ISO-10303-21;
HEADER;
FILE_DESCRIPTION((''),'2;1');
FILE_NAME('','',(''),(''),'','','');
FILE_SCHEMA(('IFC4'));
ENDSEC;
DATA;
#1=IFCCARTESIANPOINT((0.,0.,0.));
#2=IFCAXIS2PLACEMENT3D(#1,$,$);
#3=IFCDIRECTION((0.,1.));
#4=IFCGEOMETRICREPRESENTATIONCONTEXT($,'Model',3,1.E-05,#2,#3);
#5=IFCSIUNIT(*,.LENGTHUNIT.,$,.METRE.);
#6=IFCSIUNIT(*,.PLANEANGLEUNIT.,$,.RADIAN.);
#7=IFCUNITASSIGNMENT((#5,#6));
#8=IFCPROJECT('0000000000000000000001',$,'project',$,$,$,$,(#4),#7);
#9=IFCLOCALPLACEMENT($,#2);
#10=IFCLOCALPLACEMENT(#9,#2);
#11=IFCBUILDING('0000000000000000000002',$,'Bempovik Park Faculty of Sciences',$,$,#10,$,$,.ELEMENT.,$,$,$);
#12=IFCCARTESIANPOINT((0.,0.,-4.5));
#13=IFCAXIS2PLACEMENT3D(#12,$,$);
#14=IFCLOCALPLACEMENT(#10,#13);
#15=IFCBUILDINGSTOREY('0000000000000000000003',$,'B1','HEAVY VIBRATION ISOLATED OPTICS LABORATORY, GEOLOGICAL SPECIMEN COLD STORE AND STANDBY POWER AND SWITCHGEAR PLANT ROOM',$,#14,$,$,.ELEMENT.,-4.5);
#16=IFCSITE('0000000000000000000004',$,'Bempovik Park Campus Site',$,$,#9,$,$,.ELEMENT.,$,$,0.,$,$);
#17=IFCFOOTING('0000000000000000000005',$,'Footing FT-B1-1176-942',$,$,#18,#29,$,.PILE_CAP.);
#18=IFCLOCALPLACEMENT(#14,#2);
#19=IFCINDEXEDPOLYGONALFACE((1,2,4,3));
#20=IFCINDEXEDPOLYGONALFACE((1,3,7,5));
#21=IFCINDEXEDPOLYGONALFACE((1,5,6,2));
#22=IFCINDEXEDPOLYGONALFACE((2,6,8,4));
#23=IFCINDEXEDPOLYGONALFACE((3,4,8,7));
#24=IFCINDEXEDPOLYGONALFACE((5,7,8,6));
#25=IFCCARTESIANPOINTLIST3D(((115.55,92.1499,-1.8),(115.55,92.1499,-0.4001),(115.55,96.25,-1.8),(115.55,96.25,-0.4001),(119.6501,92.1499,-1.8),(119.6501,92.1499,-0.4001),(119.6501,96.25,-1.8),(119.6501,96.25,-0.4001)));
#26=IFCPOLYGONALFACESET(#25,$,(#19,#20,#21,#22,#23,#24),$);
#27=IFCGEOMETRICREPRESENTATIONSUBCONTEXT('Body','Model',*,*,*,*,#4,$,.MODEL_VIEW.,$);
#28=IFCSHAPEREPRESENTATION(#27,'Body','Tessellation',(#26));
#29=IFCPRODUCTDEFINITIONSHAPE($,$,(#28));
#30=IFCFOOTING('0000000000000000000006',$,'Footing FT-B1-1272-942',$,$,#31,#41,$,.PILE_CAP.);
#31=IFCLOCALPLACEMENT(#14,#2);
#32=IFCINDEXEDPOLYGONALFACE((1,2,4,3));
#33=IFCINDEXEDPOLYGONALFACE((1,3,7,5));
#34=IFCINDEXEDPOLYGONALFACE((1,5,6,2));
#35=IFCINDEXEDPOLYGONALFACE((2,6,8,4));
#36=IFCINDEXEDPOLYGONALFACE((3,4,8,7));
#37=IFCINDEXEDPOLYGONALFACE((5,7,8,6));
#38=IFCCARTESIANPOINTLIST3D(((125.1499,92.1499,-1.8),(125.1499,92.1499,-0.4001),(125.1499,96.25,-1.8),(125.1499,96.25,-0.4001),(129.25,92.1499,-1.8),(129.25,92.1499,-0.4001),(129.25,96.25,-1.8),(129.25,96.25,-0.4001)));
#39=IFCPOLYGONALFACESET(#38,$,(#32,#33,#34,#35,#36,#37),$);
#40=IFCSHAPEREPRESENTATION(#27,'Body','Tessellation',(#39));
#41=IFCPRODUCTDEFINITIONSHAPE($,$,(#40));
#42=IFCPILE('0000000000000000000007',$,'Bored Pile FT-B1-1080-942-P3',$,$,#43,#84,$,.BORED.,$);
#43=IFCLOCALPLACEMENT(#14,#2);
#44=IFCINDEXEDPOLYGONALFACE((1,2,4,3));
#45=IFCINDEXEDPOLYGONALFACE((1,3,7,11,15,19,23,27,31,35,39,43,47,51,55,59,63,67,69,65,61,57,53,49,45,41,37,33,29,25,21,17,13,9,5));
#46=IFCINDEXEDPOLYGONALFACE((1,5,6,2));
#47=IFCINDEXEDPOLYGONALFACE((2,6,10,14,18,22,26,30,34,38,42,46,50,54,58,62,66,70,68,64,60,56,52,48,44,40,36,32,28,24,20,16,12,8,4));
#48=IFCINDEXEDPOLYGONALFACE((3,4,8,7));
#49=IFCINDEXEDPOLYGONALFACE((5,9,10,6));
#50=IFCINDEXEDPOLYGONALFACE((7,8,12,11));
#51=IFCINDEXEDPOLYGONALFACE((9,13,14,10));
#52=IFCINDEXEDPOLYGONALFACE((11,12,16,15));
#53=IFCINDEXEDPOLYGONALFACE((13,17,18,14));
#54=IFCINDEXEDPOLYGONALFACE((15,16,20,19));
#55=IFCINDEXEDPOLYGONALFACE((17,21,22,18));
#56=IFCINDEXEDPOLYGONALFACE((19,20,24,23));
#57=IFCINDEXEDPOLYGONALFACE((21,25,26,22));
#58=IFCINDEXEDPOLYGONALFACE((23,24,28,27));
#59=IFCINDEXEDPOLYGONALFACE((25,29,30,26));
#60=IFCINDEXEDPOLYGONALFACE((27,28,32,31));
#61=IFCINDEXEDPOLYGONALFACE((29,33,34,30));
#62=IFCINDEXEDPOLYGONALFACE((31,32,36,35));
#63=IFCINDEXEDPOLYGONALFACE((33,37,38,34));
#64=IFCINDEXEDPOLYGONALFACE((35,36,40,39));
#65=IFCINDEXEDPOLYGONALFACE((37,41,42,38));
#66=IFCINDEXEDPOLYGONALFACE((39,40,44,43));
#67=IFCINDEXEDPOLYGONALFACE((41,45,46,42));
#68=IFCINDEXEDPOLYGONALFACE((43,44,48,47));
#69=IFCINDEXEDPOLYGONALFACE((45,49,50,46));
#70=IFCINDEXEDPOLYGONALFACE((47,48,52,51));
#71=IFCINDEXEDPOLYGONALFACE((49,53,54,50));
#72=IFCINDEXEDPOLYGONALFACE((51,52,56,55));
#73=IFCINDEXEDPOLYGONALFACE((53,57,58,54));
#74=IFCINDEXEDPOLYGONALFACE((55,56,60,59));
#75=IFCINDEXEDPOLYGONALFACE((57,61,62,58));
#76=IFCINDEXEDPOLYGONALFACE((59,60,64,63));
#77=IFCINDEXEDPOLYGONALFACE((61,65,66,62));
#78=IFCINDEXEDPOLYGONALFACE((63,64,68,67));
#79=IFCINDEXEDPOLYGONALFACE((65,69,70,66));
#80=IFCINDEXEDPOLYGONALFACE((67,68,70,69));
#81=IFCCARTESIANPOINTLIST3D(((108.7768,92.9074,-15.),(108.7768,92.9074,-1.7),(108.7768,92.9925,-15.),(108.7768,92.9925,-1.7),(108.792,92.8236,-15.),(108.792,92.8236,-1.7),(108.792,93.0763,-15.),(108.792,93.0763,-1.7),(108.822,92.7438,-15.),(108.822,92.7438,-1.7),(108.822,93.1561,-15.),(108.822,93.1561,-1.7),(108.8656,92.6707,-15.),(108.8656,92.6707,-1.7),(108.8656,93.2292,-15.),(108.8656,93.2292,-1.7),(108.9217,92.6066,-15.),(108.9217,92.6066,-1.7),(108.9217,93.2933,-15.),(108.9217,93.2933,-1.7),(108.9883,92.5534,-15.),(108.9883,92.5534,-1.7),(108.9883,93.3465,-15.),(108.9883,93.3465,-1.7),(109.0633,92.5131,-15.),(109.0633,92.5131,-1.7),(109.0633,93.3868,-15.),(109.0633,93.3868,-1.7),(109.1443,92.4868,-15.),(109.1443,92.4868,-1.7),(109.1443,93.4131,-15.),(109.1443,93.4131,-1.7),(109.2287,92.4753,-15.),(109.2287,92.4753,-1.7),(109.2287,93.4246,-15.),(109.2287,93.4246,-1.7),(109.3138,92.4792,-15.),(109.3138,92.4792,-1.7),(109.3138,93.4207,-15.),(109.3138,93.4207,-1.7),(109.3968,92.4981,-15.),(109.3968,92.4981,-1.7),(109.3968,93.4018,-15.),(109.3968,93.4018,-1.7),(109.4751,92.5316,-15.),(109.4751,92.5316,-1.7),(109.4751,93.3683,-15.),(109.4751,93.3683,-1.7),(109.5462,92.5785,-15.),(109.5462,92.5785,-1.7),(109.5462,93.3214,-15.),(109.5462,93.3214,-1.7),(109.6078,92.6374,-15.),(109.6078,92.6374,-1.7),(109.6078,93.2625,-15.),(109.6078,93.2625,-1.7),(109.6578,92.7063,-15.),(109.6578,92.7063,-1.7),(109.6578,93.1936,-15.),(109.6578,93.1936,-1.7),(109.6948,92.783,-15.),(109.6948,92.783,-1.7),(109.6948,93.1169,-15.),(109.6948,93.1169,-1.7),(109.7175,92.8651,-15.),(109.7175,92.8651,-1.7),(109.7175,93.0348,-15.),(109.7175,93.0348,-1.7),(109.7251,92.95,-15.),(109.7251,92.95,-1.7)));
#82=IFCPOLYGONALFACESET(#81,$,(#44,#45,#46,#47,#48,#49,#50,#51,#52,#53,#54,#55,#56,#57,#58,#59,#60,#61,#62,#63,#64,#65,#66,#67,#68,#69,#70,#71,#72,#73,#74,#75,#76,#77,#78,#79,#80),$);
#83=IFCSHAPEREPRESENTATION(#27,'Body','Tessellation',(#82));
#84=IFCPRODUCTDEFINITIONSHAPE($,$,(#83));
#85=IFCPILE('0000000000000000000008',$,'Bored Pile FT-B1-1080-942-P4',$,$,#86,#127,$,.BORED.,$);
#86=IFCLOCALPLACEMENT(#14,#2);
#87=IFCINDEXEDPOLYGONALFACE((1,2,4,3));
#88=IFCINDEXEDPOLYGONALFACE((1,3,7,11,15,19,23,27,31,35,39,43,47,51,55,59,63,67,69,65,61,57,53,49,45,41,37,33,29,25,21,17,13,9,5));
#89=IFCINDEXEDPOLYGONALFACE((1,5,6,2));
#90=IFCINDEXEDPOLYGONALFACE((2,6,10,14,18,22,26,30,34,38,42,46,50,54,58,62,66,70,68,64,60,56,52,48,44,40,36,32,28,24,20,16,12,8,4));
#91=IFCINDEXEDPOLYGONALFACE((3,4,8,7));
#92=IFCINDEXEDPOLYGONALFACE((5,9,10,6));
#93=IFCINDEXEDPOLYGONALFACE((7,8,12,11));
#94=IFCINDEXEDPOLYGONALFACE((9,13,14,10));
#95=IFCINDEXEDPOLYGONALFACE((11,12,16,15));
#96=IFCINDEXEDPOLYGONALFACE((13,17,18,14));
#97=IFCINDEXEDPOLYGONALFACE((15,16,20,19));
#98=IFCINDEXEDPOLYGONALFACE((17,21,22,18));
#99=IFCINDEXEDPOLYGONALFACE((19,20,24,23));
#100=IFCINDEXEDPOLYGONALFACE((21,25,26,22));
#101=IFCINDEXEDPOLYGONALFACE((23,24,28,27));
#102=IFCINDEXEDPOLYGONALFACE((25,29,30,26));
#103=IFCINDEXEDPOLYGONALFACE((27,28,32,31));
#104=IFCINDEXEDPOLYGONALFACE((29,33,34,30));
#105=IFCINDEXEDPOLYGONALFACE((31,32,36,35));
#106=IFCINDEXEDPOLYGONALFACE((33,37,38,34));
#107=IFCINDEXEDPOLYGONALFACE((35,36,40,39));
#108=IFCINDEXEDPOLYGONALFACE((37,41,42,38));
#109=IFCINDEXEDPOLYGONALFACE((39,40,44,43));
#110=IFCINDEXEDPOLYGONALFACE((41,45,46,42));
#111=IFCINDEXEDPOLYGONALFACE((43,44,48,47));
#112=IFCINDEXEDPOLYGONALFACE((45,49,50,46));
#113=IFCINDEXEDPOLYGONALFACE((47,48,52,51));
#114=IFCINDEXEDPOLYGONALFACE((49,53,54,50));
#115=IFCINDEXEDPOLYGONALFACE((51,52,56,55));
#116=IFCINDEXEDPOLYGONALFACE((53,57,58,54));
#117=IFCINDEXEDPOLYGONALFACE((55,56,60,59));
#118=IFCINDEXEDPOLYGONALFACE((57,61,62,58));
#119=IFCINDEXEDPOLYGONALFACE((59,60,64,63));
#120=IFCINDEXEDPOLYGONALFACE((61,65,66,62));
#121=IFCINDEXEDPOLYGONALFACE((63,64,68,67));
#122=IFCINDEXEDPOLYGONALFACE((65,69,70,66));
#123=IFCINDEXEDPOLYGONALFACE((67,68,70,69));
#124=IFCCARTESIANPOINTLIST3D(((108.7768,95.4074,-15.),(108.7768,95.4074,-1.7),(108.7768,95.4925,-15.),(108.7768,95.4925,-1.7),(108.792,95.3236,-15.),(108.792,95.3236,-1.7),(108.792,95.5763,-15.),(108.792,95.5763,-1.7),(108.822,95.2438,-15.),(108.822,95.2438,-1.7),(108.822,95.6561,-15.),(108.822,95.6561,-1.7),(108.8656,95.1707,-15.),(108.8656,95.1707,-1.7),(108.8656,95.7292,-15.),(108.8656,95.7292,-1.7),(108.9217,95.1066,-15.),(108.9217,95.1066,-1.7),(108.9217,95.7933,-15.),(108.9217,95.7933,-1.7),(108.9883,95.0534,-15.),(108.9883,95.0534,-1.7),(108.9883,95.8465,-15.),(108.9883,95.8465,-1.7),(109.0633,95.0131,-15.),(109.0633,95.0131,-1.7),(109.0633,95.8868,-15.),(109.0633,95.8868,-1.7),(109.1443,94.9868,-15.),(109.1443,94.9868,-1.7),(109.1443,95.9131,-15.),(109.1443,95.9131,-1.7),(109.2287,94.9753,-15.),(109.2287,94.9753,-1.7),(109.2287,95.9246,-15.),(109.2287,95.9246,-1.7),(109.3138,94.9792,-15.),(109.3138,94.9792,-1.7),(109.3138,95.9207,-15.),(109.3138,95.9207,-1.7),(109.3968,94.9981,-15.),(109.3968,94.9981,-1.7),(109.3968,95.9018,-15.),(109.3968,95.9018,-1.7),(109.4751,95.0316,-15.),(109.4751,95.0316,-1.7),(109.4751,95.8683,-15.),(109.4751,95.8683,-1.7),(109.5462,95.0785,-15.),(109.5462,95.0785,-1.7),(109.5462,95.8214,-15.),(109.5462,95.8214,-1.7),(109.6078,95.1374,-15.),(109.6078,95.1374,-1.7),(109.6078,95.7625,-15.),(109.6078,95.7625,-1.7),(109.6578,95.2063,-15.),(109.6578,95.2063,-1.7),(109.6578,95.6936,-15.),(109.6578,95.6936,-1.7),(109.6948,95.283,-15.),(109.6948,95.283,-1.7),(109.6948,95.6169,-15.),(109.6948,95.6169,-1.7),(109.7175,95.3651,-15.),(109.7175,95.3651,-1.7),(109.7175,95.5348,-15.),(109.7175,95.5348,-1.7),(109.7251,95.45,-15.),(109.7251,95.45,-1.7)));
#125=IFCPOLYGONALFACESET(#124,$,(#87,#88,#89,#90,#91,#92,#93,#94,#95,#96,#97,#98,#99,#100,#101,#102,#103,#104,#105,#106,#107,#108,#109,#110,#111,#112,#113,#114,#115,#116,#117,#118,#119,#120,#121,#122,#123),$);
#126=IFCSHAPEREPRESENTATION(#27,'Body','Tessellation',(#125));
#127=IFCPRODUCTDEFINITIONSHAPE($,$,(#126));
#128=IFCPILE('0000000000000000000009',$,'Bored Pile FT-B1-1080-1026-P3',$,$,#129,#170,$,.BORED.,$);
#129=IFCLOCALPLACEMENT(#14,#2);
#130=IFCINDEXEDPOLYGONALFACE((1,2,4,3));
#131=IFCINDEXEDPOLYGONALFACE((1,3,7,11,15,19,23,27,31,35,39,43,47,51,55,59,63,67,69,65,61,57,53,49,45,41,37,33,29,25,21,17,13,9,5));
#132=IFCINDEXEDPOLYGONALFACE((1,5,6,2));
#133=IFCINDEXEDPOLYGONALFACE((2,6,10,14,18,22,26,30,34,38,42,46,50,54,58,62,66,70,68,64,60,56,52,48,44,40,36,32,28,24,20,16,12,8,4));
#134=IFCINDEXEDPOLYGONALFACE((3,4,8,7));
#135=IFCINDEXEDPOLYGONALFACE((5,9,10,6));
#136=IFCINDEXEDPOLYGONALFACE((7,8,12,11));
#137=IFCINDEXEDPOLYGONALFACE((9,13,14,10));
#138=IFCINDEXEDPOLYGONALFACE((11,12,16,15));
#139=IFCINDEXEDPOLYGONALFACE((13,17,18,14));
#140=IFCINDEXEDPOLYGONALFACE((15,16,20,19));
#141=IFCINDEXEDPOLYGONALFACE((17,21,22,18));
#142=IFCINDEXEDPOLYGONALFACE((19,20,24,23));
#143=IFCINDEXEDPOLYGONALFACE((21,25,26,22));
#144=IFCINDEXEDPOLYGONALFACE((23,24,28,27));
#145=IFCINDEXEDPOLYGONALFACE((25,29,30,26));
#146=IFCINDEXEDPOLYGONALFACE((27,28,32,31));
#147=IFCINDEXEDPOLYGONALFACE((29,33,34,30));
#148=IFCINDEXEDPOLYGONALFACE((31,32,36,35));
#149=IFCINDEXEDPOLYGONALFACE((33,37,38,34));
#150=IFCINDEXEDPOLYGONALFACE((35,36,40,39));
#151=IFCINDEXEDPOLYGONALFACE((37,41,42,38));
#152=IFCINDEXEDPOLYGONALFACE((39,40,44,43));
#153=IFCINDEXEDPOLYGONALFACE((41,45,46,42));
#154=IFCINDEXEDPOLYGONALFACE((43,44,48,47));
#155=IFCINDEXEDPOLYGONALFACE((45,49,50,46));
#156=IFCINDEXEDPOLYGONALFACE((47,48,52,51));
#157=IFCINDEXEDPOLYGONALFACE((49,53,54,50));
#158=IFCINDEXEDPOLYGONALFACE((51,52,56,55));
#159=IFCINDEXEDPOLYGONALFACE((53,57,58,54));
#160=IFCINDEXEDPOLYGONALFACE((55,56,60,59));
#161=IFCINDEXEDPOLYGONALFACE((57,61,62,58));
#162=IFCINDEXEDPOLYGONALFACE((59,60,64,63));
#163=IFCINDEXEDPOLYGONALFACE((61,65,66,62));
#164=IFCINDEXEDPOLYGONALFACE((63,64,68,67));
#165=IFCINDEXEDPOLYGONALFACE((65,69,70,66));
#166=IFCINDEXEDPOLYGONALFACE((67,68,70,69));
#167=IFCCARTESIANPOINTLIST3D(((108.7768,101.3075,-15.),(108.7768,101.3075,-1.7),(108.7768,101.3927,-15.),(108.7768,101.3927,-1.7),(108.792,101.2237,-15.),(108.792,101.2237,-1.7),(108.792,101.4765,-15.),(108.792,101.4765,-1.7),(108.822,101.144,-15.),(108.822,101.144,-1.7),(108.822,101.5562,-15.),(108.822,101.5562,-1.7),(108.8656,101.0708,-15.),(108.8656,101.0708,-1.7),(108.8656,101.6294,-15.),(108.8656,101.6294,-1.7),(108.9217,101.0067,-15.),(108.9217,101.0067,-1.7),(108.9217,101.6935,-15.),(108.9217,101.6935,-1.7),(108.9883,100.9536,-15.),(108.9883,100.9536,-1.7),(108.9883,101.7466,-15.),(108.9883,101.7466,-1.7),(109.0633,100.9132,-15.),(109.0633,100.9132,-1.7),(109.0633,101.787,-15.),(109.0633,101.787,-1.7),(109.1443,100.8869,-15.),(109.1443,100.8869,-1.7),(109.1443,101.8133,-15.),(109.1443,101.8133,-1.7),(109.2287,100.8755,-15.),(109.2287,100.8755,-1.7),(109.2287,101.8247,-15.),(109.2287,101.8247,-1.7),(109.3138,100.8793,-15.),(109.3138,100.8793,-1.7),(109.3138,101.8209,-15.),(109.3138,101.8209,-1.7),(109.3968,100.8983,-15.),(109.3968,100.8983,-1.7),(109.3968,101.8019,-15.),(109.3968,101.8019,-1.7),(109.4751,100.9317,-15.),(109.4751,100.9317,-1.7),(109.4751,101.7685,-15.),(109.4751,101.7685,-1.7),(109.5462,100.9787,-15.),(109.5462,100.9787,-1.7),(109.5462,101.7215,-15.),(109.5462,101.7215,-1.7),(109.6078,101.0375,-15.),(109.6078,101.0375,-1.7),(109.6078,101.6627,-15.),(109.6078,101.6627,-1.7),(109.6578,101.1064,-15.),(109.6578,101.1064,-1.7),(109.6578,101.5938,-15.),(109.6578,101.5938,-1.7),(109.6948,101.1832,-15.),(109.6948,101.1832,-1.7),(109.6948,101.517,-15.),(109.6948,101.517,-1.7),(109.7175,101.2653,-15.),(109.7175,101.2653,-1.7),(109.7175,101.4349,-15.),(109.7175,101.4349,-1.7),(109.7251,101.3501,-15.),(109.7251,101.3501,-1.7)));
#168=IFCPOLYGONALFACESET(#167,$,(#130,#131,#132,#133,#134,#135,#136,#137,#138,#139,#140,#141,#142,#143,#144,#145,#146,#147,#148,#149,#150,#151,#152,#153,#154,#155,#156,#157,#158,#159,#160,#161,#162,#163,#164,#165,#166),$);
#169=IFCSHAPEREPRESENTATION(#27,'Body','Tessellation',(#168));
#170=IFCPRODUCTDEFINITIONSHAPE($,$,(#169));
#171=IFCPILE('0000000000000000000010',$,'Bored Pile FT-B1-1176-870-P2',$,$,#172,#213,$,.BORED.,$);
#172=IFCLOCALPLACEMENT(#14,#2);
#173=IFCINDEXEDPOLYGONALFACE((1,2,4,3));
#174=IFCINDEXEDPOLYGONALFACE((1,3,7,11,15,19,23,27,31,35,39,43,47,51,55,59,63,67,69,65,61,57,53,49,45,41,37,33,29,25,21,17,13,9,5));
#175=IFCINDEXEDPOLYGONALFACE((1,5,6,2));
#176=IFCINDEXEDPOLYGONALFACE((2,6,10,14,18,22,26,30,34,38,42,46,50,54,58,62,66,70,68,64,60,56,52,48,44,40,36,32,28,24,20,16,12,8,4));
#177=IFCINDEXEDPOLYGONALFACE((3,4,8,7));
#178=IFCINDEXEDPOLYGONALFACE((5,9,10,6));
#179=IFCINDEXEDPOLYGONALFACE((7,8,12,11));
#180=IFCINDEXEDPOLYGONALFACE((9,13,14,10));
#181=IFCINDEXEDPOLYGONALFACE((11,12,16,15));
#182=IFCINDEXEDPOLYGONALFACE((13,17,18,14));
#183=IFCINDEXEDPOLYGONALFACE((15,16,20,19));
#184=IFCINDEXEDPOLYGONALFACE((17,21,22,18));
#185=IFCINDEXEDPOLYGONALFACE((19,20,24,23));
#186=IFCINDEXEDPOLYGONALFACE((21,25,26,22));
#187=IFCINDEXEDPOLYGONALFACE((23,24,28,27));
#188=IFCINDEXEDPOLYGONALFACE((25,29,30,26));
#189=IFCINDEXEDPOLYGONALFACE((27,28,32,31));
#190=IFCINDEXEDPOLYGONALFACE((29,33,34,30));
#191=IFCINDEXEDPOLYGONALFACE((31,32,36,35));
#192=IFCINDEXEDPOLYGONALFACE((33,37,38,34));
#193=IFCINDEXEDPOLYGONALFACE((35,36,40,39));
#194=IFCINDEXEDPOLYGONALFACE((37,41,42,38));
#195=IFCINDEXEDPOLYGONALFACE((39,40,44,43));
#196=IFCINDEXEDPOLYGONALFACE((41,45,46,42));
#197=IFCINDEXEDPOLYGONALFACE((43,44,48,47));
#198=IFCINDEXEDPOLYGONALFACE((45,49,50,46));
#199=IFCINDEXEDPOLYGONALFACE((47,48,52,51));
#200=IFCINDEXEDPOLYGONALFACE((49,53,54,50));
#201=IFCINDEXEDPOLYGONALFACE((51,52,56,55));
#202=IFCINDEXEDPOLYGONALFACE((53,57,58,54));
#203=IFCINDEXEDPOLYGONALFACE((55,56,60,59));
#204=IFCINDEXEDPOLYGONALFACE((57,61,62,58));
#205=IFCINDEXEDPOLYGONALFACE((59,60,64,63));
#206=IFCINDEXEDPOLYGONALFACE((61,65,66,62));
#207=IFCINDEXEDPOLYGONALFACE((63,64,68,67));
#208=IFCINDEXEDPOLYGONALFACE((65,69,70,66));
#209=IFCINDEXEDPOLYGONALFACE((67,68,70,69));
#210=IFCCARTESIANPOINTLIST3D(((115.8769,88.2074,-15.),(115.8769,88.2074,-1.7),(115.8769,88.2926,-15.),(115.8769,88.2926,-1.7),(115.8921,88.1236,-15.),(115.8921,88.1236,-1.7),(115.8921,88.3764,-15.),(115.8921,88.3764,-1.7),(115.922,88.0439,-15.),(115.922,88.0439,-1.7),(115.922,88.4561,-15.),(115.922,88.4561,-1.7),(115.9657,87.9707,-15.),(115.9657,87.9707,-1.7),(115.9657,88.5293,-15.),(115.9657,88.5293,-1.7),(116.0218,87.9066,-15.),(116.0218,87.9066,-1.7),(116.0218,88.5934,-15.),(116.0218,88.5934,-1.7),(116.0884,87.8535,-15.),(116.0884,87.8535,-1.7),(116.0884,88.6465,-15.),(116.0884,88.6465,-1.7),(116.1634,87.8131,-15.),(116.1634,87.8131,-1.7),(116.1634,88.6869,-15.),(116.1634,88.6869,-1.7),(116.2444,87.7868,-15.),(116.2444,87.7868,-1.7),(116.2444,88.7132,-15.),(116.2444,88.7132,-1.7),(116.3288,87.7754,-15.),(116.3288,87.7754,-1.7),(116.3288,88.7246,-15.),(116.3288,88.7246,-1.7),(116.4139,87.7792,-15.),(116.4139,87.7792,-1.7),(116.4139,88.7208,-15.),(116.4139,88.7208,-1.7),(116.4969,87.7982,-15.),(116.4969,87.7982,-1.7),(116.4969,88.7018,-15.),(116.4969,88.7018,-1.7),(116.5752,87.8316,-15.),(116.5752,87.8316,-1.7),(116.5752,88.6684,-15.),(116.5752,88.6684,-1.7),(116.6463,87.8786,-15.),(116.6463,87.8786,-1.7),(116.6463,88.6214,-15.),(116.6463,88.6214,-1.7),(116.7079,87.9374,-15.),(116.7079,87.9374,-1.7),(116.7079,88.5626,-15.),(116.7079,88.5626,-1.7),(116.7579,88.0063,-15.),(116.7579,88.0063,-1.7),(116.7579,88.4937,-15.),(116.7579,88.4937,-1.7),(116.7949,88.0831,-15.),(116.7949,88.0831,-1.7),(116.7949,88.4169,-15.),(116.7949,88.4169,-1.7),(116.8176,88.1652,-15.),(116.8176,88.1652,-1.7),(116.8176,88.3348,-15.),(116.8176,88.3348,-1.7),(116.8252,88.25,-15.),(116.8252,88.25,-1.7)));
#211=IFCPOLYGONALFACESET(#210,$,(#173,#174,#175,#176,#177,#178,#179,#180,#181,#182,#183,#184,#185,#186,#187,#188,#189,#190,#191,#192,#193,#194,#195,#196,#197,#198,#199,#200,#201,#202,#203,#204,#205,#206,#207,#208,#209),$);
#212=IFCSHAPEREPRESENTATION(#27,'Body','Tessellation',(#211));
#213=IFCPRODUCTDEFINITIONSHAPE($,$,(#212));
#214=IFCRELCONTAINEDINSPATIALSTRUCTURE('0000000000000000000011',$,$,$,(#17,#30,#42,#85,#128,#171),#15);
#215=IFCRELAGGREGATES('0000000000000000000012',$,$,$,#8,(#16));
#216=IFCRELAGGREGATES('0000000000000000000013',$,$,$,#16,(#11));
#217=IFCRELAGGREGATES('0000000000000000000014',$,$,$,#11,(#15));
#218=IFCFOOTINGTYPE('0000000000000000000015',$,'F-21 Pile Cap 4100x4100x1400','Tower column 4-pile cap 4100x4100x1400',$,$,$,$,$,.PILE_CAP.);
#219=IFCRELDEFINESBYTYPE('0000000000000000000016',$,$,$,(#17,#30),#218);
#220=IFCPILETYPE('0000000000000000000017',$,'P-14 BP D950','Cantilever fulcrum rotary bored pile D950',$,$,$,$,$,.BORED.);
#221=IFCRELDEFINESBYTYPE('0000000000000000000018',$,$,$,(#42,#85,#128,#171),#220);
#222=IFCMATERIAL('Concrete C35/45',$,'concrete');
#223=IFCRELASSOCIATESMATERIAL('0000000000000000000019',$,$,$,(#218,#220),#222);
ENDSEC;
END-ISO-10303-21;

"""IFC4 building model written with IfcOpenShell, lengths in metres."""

from ifc_helpers import new_model, si_unit, direction, frame, origin, origin_2d, place, context, subcontext, project, spatial, rectangle, circle, extrude, material, material_profile, profile_set, type_object, element, save


model = new_model("IFC4")

# Units and contexts
model_context = context("Model", 3, precision=1e-05, world=origin(), true_north=direction((0.0, 1.0)))
body_context = subcontext(model_context, "Body", "Model", "MODEL_VIEW")
ifc_project = project(units=[si_unit("LENGTHUNIT", "METRE"), si_unit("PLANEANGLEUNIT", "RADIAN")], contexts=[model_context])

# Site, building, storey
site_placement = place(None, origin())
site = spatial("IfcSite", under=ifc_project, at=site_placement, Name="Bempovik Park Campus Site", CompositionType="ELEMENT", RefElevation=0.0)
building_placement = place(site_placement, origin())
building = spatial("IfcBuilding", under=site, at=building_placement, Name="Bempovik Park Faculty of Sciences", CompositionType="ELEMENT")
storey_placement = place(building_placement, frame((0.0, 0.0, -4.5)))
storey = spatial("IfcBuildingStorey", under=building, at=storey_placement, Name="B1", Description="HEAVY VIBRATION ISOLATED OPTICS LABORATORY, GEOLOGICAL SPECIMEN COLD STORE AND STANDBY POWER AND SWITCHGEAR PLANT ROOM", CompositionType="ELEMENT", Elevation=-4.5)

# Footings
ifc_material_1 = material(Name="Concrete C35/45", Category="concrete")
footing_type = type_object("IfcFootingType", Name="F-21 Pile Cap 4100x4100x1400", Description="Tower column 4-pile cap 4100x4100x1400", PredefinedType="PILE_CAP", material=ifc_material_1)
for number, where, z_axis, x_axis, name in (
    (1, (117.6001, 94.2, -1.8), (0.0, 0.0, 1.0), (1.0, 0.0, 0.0), "Footing FT-B1-1176-942"),
    (2, (127.2, 94.2, -1.8), (0.0, 0.0, 1.0), (1.0, 0.0, 0.0), "Footing FT-B1-1272-942"),
):
    element("IfcFooting", number, at=place(storey_placement, frame(where, z_axis=z_axis, x_axis=x_axis)), inside=storey, type_object=footing_type, Name=name, PredefinedType="PILE_CAP", context=body_context, shape_type="SweptSolid", body=[
        extrude(rectangle(XDim=4.1001, YDim=4.1001, at=origin_2d()), origin(), (0.0, 0.0, 1.0), 1.3999),
    ])

# Piles
ifc_material_profile_1 = material_profile(ifc_material_1, circle(Radius=0.4751, at=origin_2d()), Name="BP D950")
ifc_profile_set_1 = profile_set([ifc_material_profile_1], Name="Concrete C35/45")
pile_type = type_object("IfcPileType", Name="P-14 BP D950", Description="Cantilever fulcrum rotary bored pile D950", PredefinedType="BORED", material=ifc_profile_set_1)
for number, where, z_axis, x_axis, name in (
    (3, (109.25, 92.95, -1.7), (0.0, 0.0, -1.0), (1.0, 0.0, 0.0), "Bored Pile FT-B1-1080-942-P3"),
    (4, (109.25, 95.45, -1.7), (0.0, 0.0, -1.0), (1.0, 0.0, 0.0), "Bored Pile FT-B1-1080-942-P4"),
    (5, (109.25, 101.3501, -1.7), (0.0, 0.0, -1.0), (1.0, 0.0, 0.0), "Bored Pile FT-B1-1080-1026-P3"),
    (6, (116.3501, 88.25, -1.7), (0.0, 0.0, -1.0), (1.0, 0.0, 0.0), "Bored Pile FT-B1-1176-870-P2"),
):
    element("IfcPile", number, at=place(storey_placement, frame(where, z_axis=z_axis, x_axis=x_axis)), inside=storey, type_object=pile_type, Name=name, PredefinedType="BORED", context=body_context, shape_type="SweptSolid", body=[
        extrude(circle(Radius=0.4751, at=origin_2d()), origin(), (0.0, 0.0, 1.0), 13.3),
    ])

save(model, "model.ifc")
